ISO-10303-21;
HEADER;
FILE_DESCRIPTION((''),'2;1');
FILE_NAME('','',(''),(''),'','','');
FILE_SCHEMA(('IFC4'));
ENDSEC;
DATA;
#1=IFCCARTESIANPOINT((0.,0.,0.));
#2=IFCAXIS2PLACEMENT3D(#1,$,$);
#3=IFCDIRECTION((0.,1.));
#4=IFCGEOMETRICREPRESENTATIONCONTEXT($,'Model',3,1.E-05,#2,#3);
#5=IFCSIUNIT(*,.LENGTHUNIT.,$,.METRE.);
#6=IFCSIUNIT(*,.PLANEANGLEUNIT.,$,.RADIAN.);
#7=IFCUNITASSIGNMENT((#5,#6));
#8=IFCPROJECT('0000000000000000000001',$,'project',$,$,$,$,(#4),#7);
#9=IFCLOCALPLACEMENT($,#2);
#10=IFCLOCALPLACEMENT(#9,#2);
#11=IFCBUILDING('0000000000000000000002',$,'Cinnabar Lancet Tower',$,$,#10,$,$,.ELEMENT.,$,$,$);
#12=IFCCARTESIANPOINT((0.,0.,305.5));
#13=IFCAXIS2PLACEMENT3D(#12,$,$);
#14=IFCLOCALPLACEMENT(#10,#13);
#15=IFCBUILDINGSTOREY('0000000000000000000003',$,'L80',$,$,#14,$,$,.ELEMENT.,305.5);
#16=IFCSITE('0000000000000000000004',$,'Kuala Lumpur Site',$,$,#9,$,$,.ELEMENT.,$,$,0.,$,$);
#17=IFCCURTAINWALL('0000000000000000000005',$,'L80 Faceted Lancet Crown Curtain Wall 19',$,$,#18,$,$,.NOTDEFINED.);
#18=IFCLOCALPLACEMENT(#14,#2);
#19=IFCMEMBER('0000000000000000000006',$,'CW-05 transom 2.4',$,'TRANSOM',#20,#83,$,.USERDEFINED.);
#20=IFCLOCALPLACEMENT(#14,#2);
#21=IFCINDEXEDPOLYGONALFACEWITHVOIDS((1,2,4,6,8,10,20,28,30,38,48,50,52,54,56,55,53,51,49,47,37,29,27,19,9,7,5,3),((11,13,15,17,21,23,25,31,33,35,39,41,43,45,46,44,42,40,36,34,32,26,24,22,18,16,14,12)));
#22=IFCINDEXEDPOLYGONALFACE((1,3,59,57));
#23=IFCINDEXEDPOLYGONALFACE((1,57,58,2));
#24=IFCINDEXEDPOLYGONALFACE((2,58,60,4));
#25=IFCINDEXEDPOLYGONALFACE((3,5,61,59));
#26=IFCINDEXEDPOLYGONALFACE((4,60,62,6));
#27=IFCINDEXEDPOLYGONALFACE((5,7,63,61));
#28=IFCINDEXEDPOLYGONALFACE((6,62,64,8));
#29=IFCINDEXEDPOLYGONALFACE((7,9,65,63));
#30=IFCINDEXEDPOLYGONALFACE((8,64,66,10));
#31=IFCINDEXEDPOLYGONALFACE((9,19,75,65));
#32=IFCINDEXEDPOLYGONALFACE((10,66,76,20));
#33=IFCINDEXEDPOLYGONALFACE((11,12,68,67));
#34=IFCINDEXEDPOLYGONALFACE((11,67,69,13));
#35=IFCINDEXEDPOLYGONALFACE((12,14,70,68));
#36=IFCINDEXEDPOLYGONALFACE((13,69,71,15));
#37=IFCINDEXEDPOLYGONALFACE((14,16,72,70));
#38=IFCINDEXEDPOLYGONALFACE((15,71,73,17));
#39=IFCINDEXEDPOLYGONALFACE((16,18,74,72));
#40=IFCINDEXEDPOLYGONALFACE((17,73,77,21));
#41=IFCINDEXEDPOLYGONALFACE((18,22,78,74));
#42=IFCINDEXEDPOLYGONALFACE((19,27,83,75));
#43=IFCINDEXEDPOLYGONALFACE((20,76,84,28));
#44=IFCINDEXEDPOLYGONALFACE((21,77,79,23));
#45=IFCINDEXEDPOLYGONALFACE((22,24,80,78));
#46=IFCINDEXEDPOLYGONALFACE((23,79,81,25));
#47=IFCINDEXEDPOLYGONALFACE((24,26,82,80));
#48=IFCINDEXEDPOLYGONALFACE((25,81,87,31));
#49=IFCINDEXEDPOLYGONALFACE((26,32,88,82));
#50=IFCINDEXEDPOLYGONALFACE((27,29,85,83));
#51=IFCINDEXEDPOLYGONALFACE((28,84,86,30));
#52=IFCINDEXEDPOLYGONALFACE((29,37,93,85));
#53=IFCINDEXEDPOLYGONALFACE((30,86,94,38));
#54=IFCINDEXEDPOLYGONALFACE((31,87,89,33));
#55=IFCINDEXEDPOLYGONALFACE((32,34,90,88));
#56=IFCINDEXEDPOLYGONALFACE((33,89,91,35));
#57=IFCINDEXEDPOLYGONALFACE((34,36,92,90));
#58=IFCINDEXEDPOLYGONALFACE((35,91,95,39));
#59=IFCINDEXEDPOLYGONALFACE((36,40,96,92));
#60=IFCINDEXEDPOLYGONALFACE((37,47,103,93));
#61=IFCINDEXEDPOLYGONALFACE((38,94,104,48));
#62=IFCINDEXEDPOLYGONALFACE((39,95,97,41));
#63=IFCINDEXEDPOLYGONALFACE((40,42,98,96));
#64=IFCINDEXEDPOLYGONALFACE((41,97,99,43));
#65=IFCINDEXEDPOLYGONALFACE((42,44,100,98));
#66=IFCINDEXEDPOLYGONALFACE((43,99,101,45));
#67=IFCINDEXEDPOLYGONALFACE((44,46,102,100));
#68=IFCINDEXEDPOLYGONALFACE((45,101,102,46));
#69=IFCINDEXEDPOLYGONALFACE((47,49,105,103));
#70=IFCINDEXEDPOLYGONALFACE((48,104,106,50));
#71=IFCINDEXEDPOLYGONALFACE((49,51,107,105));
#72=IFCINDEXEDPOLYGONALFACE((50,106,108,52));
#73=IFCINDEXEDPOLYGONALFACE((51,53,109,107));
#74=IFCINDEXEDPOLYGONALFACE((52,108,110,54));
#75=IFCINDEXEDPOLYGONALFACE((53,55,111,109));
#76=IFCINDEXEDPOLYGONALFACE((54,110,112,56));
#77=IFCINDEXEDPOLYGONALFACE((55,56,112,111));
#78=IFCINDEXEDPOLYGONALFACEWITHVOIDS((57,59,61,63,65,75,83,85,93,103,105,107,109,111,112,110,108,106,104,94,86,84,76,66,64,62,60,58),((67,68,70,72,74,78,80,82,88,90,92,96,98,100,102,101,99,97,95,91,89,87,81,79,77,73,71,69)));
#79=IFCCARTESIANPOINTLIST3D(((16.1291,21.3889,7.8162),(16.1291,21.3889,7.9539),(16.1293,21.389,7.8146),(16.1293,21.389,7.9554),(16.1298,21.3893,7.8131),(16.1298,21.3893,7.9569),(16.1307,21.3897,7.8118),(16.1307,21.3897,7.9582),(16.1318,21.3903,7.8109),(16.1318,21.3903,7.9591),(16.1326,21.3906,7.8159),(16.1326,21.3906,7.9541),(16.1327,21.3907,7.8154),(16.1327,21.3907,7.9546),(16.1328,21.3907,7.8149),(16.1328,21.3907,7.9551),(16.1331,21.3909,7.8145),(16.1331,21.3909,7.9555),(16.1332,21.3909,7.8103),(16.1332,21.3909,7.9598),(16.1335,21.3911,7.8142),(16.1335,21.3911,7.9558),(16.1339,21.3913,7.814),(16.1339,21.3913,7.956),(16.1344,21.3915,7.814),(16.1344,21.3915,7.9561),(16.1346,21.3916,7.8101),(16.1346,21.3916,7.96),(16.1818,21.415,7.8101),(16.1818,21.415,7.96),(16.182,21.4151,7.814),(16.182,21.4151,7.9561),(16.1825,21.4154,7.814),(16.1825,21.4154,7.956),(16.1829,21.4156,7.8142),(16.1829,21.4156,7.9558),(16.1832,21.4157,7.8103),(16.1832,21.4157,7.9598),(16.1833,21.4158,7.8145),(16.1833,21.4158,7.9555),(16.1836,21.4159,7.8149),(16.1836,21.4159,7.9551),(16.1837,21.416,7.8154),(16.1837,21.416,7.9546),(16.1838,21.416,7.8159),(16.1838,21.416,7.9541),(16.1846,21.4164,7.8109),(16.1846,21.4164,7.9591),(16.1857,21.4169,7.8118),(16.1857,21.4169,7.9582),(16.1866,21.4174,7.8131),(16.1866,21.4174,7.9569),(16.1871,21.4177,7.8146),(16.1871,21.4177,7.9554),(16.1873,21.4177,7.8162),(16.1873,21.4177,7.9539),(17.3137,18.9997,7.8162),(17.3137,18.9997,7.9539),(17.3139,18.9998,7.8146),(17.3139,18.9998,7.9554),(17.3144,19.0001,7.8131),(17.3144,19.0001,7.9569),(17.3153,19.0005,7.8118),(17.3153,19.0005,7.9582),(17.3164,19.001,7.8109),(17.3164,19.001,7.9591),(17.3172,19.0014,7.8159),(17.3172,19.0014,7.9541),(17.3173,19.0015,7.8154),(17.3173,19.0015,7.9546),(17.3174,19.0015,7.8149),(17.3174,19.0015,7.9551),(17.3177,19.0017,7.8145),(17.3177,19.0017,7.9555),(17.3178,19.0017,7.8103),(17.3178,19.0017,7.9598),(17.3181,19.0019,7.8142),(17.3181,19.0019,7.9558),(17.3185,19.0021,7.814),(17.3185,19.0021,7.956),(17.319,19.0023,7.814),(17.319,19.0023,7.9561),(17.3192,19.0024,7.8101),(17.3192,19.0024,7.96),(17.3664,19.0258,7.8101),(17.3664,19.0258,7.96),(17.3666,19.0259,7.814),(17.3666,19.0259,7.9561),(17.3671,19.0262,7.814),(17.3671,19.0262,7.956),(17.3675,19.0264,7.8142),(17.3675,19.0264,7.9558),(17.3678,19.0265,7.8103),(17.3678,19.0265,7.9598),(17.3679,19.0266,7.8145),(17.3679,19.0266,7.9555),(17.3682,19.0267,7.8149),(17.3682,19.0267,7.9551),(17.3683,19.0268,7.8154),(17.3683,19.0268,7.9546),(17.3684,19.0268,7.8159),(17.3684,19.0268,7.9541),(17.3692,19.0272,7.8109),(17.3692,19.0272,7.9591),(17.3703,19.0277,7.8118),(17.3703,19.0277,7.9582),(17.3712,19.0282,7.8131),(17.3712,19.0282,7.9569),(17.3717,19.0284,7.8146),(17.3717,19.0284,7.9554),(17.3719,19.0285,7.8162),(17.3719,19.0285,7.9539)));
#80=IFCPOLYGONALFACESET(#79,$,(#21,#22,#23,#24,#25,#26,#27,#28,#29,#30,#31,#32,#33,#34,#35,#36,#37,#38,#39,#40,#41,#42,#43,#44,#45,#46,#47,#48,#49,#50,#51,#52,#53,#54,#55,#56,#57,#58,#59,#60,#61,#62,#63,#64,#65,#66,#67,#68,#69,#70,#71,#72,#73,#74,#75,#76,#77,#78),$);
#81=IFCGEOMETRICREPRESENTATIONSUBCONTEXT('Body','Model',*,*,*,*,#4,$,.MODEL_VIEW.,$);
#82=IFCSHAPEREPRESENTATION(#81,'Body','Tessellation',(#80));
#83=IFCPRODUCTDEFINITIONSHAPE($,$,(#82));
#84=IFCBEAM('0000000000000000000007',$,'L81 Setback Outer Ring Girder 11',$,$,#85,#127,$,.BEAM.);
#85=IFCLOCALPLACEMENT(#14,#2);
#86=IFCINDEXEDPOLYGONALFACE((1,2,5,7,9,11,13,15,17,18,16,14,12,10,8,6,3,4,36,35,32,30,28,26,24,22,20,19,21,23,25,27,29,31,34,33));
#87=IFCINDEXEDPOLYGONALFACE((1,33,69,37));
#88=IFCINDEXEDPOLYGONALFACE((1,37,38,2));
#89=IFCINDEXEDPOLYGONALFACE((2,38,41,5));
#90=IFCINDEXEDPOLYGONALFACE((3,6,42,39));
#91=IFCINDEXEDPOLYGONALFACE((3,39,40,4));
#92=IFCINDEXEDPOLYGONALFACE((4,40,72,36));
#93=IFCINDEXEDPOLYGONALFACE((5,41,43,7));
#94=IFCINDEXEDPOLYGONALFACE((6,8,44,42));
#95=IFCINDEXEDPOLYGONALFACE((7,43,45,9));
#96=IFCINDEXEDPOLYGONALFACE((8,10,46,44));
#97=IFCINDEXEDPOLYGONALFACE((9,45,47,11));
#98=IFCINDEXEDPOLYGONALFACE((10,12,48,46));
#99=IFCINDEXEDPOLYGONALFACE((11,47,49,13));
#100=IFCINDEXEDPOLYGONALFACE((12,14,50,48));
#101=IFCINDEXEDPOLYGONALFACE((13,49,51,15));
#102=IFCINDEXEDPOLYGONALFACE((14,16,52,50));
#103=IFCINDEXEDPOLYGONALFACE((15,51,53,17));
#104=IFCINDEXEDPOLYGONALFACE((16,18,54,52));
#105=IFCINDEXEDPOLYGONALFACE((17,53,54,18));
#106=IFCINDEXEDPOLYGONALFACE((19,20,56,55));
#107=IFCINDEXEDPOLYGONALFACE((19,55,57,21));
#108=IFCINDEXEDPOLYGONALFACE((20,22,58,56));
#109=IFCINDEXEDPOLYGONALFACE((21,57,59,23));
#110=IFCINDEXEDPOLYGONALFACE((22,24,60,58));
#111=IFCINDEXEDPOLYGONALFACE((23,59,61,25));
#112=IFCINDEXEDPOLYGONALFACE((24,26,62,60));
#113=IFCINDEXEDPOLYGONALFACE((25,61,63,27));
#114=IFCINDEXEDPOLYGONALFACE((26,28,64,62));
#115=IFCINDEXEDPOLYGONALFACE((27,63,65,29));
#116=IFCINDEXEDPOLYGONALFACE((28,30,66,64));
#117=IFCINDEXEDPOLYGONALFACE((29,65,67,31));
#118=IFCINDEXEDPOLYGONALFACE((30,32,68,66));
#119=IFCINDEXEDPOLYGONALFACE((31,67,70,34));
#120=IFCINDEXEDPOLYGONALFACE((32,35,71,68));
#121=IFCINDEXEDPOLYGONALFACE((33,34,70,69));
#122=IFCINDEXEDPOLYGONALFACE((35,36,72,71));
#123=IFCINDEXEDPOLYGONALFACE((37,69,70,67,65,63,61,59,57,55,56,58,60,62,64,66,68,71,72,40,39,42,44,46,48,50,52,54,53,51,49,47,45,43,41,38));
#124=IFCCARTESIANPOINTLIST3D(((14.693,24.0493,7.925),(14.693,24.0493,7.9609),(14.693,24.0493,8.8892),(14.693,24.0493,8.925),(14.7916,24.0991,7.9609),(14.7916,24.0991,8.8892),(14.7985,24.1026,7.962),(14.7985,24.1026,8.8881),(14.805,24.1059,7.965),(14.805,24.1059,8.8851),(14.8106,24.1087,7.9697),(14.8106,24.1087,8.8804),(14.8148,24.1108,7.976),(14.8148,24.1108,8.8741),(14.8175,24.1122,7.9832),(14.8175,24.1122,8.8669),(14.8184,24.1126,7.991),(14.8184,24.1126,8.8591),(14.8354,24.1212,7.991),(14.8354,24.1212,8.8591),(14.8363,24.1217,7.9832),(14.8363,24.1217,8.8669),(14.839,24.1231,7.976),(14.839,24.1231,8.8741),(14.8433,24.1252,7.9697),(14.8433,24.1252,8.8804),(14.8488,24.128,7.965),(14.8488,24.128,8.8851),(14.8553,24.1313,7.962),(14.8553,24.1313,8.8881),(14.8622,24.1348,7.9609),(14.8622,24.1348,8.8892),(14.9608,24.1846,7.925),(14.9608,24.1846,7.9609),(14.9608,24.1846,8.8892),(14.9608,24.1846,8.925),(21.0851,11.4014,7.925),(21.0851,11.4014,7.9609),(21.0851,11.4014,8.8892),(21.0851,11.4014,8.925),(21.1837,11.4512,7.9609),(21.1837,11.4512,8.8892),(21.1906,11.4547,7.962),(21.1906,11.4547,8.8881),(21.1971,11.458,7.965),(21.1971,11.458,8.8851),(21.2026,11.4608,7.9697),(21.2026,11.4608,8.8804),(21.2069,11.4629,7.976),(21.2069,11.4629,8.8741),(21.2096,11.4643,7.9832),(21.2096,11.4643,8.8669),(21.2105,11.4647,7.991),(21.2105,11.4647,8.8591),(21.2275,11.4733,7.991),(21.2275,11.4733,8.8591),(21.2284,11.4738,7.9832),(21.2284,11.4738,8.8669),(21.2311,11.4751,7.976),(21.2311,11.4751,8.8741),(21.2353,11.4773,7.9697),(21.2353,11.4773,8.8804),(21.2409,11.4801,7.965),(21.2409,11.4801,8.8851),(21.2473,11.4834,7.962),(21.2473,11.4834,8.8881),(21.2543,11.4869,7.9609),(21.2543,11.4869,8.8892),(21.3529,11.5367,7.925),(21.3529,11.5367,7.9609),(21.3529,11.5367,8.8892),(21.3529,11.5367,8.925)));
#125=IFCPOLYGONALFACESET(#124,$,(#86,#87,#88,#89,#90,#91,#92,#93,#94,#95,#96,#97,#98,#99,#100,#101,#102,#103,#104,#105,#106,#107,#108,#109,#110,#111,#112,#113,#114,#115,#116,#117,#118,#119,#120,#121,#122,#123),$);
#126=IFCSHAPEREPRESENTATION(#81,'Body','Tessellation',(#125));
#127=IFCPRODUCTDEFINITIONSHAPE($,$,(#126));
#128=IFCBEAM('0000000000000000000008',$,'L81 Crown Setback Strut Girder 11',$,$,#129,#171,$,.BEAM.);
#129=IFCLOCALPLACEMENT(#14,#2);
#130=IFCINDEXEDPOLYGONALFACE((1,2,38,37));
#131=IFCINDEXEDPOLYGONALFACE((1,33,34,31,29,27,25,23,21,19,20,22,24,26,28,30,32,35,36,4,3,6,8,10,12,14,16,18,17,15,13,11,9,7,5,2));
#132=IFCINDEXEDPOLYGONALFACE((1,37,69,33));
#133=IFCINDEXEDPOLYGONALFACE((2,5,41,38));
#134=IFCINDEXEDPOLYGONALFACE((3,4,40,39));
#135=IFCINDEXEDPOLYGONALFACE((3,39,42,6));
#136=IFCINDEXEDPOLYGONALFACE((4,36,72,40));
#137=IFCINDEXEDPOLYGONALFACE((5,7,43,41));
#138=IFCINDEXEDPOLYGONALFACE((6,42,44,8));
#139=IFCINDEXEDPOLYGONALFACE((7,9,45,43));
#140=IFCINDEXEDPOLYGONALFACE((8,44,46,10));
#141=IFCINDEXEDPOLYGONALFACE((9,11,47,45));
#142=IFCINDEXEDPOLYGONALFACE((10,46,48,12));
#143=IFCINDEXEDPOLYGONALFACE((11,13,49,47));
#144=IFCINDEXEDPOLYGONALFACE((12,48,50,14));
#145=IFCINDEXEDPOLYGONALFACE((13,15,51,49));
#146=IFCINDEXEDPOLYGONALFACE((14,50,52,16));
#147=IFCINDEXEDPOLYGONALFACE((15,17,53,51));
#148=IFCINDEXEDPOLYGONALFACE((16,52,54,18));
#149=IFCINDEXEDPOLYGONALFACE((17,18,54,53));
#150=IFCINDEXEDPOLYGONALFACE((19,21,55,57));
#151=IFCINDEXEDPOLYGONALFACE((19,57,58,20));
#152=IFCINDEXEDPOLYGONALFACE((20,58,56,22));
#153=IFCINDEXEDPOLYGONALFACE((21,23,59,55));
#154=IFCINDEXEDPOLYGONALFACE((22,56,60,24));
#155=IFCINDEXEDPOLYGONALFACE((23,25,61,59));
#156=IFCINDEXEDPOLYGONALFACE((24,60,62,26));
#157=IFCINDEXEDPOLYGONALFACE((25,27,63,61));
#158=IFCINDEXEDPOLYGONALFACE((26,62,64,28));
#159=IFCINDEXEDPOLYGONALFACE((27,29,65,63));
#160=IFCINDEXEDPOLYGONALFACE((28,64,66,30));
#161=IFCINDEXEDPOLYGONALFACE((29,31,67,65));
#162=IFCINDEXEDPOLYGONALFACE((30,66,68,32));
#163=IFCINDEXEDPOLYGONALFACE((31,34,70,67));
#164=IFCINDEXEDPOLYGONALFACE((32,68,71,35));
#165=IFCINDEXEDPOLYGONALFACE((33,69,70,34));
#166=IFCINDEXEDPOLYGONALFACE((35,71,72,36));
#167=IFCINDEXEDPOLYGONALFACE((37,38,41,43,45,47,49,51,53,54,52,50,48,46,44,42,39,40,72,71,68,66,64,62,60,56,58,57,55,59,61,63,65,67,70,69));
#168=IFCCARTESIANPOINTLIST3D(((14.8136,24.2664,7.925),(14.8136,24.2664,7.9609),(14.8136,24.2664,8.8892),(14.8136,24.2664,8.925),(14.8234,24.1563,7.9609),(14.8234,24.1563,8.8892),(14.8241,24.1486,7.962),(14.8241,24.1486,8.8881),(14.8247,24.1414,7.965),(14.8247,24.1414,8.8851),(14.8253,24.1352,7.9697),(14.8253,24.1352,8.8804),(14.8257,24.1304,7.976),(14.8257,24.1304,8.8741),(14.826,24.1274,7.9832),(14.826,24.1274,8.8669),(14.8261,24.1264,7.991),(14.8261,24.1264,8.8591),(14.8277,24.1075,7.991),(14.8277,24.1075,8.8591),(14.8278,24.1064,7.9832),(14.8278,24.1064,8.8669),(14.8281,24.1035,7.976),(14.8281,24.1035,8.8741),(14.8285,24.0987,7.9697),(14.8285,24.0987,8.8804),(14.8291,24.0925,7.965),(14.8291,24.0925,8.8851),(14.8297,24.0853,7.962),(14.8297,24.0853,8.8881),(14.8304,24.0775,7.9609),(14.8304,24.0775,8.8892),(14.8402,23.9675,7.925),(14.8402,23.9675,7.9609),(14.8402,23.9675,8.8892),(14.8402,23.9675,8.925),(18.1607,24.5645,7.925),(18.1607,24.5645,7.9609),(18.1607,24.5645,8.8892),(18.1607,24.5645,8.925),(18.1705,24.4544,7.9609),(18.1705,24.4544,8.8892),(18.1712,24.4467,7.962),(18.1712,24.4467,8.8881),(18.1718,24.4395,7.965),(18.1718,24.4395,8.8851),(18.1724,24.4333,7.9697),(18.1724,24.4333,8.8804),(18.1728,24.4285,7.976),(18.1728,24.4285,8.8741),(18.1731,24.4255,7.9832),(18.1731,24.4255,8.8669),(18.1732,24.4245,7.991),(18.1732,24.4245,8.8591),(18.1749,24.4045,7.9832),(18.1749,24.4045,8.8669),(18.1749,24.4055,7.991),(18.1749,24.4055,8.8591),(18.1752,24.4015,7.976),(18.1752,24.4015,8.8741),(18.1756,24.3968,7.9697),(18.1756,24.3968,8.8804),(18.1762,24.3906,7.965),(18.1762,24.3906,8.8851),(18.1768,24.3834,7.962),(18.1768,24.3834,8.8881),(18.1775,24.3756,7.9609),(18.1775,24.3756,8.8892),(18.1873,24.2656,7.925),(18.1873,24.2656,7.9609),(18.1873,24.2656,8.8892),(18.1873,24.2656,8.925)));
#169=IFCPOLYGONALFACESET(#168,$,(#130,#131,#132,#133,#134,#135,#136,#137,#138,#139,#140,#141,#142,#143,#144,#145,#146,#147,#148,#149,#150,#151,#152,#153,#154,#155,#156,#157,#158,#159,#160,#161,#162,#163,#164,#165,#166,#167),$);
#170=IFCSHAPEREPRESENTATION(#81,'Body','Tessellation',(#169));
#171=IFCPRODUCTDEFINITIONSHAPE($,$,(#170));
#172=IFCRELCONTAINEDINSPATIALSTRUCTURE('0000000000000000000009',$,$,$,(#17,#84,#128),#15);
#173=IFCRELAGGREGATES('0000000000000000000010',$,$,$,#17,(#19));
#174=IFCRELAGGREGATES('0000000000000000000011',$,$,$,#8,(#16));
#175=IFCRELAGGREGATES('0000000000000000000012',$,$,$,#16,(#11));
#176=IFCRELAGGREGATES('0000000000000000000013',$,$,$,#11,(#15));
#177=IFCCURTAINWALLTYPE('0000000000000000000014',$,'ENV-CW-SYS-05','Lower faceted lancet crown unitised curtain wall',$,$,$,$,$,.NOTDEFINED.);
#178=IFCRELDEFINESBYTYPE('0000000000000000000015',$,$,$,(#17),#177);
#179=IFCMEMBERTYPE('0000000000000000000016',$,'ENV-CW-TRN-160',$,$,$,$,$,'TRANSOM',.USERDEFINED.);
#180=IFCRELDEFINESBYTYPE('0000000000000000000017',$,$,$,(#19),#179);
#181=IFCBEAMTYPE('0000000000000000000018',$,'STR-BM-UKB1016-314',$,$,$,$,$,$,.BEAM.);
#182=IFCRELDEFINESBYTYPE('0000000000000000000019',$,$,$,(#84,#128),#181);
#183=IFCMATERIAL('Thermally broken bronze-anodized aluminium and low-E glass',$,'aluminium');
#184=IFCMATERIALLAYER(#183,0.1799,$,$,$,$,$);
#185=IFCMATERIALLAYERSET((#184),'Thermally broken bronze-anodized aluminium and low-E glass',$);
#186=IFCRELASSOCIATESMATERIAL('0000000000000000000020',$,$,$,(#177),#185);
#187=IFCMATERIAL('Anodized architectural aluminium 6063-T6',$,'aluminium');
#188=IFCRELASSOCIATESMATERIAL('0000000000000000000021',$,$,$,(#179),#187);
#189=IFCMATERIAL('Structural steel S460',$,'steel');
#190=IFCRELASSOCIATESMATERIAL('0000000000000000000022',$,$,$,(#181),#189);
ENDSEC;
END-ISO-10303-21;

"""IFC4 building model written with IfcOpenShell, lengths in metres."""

from ifc_helpers import new_model, si_unit, direction, frame, origin, origin_2d, place, context, subcontext, project, spatial, hollow_rectangle, i_section, extrude, material, layer, layer_set, material_profile, profile_set, type_object, element, aggregate, save


model = new_model("IFC4")

# Units and contexts
model_context = context("Model", 3, precision=1e-05, world=origin(), true_north=direction((0.0, 1.0)))
body_context = subcontext(model_context, "Body", "Model", "MODEL_VIEW")
ifc_project = project(units=[si_unit("LENGTHUNIT", "METRE"), si_unit("PLANEANGLEUNIT", "RADIAN")], contexts=[model_context])

# Site, building, storey
site_placement = place(None, origin())
site = spatial("IfcSite", under=ifc_project, at=site_placement, Name="Kuala Lumpur Site", CompositionType="ELEMENT", RefElevation=0.0)
building_placement = place(site_placement, origin())
building = spatial("IfcBuilding", under=site, at=building_placement, Name="Cinnabar Lancet Tower", CompositionType="ELEMENT")
storey_placement = place(building_placement, frame((0.0, 0.0, 305.5)))
storey = spatial("IfcBuildingStorey", under=building, at=storey_placement, Name="L80", CompositionType="ELEMENT", Elevation=305.5)

# Curtain wall
ifc_material_1 = material(Name="Thermally broken bronze-anodized aluminium and low-E glass", Category="aluminium")
ifc_layer_1 = layer(ifc_material_1, 0.1799)
ifc_layer_set_1 = layer_set([ifc_layer_1], Name="Thermally broken bronze-anodized aluminium and low-E glass")
curtain_wall_type = type_object("IfcCurtainWallType", Name="ENV-CW-SYS-05", Description="Lower faceted lancet crown unitised curtain wall", PredefinedType="NOTDEFINED", material=ifc_layer_set_1)
curtain_wall_1_placement = place(storey_placement, origin())
curtain_wall_1 = element("IfcCurtainWall", 1, at=curtain_wall_1_placement, inside=storey, type_object=curtain_wall_type, Name="L80 Faceted Lancet Crown Curtain Wall 19", PredefinedType="NOTDEFINED")

# Member
ifc_material_2 = material(Name="Anodized architectural aluminium 6063-T6", Category="aluminium")
ifc_material_profile_1 = material_profile(ifc_material_2, hollow_rectangle(XDim=0.0649, YDim=0.1499, WallThickness=0.0039, InnerFilletRadius=0.002, OuterFilletRadius=0.0061, at=origin_2d()), Name="CW-TRN 150x65x4")
ifc_profile_set_1 = profile_set([ifc_material_profile_1], Name="Anodized architectural aluminium 6063-T6")
member_type_1 = type_object("IfcMemberType", Name="ENV-CW-TRN-160", ElementType="TRANSOM", PredefinedType="USERDEFINED", material=ifc_profile_set_1)
member_1_placement = place(storey_placement, frame((16.1582, 21.4033, 7.885), z_axis=(0.444208, -0.895924, 0.0), x_axis=(0.895924, 0.444208, 0.0)))
member_1 = element("IfcMember", 2, at=member_1_placement, type_object=member_type_1, Name="CW-05 transom 2.4", ObjectType="TRANSOM", PredefinedType="USERDEFINED", context=body_context, shape_type="SweptSolid", body=[
    extrude(hollow_rectangle(XDim=0.0649, YDim=0.1499, WallThickness=0.0039, InnerFilletRadius=0.002, OuterFilletRadius=0.0061, at=origin_2d()), origin(), (0.0, 0.0, 1.0), 2.6667),
])

# Beams
ifc_material_3 = material(Name="Structural steel S460", Category="steel")
ifc_material_profile_2 = material_profile(ifc_material_3, i_section(OverallWidth=0.3, OverallDepth=1.0, WebThickness=0.019, FlangeThickness=0.0359, FilletRadius=0.03, at=origin_2d()), Name="UKB 1016x305x314")
ifc_profile_set_2 = profile_set([ifc_material_profile_2], Name="Structural steel S460")
beam_type = type_object("IfcBeamType", Name="STR-BM-UKB1016-314", PredefinedType="BEAM", material=ifc_profile_set_2)
beam_1_placement = place(storey_placement, frame((14.8269, 24.1169, 8.425), z_axis=(0.451055, -0.892496, 0.0), x_axis=(0.892496, 0.451055, 0.0)))
element("IfcBeam", 3, at=beam_1_placement, inside=storey, type_object=beam_type, Name="L81 Setback Outer Ring Girder 11", PredefinedType="BEAM", context=body_context, shape_type="SweptSolid", body=[
    extrude(i_section(OverallWidth=0.3, OverallDepth=1.0, WebThickness=0.019, FlangeThickness=0.0359, FilletRadius=0.03, at=origin_2d()), origin(), (0.0, 0.0, 1.0), 14.1714),
])
beam_2_placement = place(storey_placement, frame((14.8269, 24.1169, 8.425), z_axis=(0.996058, 0.088708, 0.0), x_axis=(-0.088708, 0.996058, 0.0)))
element("IfcBeam", 4, at=beam_2_placement, inside=storey, type_object=beam_type, Name="L81 Crown Setback Strut Girder 11", PredefinedType="BEAM", context=body_context, shape_type="SweptSolid", body=[
    extrude(i_section(OverallWidth=0.3, OverallDepth=1.0, WebThickness=0.019, FlangeThickness=0.0359, FilletRadius=0.03, at=origin_2d()), origin(), (0.0, 0.0, 1.0), 3.3604),
])

aggregate(curtain_wall_1, [member_1])

save(model, "model.ifc")
